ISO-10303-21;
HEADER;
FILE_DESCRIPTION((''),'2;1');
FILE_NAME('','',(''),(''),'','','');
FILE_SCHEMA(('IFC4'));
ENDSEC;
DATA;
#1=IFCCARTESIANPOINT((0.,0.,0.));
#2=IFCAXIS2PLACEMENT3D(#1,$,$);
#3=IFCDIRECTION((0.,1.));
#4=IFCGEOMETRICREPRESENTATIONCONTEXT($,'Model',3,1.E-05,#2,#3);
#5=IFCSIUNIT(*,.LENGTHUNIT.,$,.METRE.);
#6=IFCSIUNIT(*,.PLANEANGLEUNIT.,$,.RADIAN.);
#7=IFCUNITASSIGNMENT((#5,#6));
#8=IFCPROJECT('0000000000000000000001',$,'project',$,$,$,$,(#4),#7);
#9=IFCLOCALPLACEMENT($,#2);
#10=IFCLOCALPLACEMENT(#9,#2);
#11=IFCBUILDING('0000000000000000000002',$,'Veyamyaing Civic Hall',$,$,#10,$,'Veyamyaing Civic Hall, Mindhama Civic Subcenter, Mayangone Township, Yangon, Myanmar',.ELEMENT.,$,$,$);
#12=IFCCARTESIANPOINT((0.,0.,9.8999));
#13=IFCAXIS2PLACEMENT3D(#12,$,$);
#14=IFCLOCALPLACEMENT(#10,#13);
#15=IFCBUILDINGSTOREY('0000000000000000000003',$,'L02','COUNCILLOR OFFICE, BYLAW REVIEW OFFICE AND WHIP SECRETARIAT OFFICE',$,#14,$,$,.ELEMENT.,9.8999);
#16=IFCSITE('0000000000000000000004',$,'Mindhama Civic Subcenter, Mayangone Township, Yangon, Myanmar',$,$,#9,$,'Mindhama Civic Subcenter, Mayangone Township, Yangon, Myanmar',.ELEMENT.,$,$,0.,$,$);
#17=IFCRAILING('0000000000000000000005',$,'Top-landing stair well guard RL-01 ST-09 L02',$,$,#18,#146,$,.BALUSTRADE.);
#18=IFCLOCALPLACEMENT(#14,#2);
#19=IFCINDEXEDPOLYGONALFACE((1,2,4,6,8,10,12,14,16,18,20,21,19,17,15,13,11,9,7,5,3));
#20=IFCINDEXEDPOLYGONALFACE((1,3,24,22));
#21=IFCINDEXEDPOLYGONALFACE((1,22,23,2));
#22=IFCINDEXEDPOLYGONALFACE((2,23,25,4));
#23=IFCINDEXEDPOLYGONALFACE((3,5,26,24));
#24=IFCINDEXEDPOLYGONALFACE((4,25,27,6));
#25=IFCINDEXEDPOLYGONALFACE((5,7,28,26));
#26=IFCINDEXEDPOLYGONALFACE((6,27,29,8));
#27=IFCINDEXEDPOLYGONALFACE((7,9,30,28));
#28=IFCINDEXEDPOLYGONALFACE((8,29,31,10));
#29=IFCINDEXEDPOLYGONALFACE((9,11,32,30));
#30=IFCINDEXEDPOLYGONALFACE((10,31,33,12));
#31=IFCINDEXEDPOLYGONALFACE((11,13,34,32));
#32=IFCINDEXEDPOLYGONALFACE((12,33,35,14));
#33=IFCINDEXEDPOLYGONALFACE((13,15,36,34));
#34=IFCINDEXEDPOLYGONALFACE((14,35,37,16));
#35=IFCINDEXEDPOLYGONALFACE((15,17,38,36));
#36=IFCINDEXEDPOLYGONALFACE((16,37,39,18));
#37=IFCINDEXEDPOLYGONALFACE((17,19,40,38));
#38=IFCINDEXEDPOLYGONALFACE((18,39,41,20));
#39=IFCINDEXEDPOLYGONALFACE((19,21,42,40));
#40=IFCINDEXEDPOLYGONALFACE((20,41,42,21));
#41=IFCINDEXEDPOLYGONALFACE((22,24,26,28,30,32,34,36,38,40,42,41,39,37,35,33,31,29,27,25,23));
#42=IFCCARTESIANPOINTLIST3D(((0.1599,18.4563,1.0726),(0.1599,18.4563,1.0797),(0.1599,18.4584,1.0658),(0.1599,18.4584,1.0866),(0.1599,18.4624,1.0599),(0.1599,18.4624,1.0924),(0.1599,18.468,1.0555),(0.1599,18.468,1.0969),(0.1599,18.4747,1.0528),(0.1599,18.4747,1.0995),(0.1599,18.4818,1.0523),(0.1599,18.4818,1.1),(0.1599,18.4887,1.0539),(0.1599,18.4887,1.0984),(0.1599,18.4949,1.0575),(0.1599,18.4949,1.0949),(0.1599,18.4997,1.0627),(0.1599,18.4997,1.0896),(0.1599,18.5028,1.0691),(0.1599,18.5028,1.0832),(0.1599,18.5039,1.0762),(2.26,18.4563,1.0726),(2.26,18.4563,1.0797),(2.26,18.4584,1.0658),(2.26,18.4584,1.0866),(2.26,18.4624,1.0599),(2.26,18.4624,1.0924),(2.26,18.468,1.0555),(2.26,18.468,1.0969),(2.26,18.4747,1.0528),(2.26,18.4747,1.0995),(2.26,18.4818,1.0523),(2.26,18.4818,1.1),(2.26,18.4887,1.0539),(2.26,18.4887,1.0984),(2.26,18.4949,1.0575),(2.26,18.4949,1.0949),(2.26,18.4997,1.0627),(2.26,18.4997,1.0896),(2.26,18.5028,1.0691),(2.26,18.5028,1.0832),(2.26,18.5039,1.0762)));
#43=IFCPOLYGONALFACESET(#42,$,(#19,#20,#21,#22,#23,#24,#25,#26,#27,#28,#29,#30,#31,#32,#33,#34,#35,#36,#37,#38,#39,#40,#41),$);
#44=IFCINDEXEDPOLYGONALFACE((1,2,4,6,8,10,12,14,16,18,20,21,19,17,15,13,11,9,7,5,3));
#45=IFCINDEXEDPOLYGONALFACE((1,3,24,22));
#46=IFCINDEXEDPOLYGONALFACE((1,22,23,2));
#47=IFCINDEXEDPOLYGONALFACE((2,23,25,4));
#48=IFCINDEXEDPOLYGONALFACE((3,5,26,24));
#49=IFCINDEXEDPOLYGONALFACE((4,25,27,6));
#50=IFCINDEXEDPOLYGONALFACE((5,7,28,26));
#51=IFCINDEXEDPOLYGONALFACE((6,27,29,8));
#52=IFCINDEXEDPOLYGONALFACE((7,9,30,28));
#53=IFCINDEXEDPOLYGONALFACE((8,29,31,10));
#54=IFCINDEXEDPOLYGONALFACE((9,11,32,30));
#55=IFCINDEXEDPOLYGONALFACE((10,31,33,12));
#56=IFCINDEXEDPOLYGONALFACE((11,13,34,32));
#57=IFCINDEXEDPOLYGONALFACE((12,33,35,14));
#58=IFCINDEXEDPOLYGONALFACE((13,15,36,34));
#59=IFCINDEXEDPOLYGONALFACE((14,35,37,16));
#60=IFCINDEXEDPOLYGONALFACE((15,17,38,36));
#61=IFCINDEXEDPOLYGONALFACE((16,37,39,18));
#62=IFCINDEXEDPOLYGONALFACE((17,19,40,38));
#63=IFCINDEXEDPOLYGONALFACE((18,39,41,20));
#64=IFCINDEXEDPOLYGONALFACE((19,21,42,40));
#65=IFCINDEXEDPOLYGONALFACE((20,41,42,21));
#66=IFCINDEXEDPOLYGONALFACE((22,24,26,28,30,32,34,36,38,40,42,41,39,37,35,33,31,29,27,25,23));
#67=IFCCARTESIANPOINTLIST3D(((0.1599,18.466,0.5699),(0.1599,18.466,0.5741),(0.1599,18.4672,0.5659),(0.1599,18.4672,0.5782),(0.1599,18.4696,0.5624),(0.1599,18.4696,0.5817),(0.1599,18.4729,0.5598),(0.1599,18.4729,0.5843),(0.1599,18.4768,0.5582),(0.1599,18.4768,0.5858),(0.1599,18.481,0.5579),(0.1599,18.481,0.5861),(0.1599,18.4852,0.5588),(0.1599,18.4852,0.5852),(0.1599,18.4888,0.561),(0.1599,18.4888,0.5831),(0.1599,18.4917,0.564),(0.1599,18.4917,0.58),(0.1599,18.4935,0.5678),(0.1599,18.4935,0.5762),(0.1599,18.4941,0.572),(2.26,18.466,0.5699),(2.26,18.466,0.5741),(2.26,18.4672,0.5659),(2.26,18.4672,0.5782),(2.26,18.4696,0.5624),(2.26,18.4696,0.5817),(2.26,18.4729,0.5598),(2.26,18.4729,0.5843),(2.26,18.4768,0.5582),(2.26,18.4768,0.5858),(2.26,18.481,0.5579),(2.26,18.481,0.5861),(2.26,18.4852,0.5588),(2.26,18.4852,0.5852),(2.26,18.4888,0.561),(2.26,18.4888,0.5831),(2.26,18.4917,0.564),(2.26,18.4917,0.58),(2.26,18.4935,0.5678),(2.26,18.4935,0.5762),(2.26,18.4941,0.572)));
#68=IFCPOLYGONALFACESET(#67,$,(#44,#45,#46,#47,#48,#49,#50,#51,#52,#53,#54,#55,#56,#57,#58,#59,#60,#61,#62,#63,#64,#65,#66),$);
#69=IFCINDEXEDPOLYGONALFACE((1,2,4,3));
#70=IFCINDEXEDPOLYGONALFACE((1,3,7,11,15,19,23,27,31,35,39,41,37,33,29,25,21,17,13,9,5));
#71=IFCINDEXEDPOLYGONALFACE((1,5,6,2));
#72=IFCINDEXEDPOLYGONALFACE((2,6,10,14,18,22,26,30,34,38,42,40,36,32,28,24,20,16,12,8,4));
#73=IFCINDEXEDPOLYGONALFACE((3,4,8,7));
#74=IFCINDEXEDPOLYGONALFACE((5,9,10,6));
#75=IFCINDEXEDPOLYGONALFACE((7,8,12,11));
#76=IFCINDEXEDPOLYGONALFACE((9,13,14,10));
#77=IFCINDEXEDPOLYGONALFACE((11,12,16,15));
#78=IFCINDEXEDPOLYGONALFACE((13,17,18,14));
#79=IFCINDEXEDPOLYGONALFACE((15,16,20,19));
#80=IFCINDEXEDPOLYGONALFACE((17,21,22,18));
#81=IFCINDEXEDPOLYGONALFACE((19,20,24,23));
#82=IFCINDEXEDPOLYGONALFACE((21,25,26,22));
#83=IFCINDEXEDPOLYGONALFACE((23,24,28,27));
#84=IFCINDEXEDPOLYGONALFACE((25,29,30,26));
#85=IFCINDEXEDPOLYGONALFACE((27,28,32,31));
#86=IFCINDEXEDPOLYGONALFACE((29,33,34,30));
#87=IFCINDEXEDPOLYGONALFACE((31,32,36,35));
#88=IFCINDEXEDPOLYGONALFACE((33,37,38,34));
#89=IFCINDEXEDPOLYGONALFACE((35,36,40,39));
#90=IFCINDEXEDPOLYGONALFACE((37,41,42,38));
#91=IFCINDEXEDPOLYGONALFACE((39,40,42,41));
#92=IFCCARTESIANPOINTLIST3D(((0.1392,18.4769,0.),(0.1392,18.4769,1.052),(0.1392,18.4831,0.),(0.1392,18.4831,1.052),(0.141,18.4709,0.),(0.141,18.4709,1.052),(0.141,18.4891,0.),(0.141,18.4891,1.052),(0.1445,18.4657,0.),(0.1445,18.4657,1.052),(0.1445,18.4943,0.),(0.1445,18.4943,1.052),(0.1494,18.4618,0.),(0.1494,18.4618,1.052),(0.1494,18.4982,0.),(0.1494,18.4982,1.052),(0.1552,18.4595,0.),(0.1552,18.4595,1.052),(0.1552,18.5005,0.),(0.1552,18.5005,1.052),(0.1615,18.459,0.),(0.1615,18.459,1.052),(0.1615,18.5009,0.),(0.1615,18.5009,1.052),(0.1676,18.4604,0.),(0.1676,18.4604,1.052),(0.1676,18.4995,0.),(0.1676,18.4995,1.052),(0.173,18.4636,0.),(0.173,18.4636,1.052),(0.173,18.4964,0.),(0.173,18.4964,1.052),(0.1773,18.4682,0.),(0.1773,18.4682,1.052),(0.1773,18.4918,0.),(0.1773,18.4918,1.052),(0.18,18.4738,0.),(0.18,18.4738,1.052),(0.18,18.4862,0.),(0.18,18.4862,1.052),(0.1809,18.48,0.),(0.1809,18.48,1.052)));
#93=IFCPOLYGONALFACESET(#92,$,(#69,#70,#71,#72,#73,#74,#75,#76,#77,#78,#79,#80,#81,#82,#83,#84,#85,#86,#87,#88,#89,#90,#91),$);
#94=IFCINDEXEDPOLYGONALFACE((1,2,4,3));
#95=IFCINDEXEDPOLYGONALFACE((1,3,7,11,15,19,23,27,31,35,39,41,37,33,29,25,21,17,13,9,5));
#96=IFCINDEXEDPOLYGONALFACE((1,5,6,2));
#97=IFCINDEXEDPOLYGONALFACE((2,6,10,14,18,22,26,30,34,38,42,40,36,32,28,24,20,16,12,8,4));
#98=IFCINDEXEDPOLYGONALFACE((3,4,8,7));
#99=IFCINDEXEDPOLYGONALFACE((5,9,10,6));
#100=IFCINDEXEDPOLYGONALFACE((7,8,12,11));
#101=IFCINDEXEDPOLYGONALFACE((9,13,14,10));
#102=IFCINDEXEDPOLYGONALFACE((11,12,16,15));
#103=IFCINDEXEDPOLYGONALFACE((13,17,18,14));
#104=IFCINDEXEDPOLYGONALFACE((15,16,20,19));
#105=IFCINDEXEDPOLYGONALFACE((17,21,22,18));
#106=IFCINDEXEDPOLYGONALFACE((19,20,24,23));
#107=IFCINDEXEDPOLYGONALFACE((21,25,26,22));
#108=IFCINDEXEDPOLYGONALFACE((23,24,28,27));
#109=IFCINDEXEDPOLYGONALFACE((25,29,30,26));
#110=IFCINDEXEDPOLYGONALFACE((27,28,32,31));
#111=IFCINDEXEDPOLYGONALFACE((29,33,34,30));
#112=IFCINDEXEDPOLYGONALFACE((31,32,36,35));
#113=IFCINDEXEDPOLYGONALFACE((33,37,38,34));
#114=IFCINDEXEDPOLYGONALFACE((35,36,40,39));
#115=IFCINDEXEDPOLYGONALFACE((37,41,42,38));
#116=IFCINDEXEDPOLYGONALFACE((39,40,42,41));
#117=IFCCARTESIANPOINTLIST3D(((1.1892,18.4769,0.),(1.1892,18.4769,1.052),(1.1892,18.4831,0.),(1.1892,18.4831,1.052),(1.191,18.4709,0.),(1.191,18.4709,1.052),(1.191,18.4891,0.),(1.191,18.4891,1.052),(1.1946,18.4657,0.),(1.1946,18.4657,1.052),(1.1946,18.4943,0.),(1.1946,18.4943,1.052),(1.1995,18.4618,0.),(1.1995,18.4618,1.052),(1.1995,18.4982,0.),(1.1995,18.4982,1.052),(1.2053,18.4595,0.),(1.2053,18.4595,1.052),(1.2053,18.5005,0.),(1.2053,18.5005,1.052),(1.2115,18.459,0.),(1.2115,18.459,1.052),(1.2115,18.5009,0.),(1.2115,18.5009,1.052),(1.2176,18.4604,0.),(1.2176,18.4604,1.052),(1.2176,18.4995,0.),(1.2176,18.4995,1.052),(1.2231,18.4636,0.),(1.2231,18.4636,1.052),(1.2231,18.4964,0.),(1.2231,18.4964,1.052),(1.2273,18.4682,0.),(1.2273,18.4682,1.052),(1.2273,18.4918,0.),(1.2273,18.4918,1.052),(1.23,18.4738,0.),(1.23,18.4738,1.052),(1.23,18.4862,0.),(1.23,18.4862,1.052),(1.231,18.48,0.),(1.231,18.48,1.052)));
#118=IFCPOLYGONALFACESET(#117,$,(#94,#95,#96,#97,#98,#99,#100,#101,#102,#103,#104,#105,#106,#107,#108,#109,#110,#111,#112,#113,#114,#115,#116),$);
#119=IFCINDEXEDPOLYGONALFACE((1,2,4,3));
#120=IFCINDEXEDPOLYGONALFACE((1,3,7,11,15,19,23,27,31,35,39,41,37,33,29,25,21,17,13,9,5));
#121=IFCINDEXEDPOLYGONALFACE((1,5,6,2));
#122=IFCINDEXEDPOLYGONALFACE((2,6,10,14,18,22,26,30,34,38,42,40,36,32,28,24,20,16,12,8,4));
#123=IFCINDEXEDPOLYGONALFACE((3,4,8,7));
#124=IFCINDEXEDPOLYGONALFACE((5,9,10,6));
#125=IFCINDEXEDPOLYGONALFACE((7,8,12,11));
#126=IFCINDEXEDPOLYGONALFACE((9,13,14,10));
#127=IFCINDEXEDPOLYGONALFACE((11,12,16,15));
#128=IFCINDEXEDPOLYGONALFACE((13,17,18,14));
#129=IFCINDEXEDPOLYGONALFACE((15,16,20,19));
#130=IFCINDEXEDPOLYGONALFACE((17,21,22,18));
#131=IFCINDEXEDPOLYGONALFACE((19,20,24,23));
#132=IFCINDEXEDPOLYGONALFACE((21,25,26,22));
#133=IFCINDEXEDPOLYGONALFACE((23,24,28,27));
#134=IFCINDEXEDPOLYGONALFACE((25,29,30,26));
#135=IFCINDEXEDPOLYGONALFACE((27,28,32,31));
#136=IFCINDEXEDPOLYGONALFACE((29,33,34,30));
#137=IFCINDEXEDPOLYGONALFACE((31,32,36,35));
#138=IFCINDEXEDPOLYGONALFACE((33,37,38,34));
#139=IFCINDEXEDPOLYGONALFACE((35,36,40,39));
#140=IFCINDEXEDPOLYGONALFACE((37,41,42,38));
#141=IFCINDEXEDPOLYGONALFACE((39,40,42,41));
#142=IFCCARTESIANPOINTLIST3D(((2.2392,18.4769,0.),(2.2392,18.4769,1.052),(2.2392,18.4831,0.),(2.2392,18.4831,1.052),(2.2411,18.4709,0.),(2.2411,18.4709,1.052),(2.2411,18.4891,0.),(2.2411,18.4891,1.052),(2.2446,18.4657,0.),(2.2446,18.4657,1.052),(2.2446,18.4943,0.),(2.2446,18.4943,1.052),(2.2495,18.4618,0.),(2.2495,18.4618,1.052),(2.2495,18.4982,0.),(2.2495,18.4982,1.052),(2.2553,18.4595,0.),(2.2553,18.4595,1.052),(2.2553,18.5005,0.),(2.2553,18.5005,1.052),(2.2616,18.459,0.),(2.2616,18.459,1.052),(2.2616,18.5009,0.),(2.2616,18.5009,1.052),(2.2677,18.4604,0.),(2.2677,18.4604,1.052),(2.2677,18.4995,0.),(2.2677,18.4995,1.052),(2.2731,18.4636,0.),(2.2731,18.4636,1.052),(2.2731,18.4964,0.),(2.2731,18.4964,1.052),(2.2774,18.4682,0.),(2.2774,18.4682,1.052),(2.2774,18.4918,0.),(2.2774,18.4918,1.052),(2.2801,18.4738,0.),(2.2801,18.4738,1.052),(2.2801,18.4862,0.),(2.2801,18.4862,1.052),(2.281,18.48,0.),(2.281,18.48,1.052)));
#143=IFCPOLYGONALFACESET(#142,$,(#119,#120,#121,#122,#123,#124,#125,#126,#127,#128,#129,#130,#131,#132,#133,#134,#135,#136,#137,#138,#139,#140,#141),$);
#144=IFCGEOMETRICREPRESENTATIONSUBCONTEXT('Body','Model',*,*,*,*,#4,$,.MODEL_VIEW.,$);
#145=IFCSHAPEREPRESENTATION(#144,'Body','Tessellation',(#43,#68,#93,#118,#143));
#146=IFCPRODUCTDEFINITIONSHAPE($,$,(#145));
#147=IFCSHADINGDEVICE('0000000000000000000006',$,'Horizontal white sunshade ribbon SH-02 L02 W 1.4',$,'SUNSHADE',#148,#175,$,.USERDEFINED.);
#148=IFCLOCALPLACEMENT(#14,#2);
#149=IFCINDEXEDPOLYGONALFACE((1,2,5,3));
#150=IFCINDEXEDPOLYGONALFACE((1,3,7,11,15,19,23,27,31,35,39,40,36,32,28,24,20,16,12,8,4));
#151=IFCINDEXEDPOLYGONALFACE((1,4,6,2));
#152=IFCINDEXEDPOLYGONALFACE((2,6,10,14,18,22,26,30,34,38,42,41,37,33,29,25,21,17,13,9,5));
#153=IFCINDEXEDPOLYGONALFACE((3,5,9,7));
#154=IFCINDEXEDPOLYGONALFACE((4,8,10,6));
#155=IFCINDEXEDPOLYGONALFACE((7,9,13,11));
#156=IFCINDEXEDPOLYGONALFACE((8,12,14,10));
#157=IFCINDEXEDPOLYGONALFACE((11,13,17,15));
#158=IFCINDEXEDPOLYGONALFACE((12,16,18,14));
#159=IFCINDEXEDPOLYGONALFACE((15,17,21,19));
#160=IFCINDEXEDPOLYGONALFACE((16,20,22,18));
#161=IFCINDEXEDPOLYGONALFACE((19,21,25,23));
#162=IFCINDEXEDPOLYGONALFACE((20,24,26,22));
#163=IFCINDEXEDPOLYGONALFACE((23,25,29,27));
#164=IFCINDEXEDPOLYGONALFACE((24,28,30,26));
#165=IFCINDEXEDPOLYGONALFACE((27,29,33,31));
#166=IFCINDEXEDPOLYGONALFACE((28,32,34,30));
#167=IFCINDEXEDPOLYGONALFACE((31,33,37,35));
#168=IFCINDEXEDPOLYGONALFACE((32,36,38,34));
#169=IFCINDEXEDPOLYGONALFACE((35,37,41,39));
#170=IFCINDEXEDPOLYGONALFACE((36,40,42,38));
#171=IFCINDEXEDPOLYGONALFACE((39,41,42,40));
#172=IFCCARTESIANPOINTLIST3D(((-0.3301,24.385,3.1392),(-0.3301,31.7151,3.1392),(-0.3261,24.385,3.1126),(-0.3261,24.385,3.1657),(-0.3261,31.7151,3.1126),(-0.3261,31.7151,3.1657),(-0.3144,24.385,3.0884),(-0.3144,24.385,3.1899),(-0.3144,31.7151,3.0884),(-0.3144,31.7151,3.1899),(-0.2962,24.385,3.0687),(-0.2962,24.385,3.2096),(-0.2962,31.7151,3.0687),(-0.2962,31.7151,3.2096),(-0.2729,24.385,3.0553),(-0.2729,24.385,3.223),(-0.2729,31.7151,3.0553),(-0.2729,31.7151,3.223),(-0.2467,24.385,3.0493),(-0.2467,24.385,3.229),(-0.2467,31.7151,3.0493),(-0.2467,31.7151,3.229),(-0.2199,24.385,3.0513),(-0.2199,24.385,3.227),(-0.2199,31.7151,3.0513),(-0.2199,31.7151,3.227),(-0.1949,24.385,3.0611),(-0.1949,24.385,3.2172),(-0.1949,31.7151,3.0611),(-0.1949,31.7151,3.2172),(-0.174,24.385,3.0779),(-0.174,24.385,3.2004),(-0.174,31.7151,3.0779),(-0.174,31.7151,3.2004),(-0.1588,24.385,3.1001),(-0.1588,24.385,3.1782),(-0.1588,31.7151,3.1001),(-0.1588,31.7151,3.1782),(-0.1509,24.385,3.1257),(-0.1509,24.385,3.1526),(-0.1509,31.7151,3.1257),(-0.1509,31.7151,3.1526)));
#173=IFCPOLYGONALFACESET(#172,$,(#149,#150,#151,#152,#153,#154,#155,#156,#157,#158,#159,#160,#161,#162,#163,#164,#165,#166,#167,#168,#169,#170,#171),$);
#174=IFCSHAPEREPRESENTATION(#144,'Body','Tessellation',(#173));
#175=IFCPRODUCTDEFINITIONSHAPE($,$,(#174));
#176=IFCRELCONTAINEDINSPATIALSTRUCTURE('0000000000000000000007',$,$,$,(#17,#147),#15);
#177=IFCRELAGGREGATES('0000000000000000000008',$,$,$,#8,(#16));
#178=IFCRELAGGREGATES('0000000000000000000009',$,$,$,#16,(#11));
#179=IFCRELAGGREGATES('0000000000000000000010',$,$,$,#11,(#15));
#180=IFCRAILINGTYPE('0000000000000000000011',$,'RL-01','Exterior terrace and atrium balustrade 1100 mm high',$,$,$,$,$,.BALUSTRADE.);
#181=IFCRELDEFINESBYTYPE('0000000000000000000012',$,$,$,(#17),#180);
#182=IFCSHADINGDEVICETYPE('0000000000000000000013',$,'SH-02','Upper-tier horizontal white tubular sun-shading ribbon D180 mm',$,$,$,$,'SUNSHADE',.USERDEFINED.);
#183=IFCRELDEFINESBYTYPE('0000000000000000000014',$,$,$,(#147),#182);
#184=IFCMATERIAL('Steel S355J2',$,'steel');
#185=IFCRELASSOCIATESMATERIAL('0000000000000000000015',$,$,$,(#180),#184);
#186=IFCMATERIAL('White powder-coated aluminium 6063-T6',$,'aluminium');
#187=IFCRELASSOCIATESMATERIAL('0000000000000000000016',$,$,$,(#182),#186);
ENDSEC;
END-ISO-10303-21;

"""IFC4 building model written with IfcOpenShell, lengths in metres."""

from ifc_helpers import new_model, si_unit, direction, frame, origin, origin_2d, place, context, subcontext, project, spatial, circle, extrude, material, material_profile, profile_set, type_object, element, save


model = new_model("IFC4")

# Units and contexts
model_context = context("Model", 3, precision=1e-05, world=origin(), true_north=direction((0.0, 1.0)))
body_context = subcontext(model_context, "Body", "Model", "MODEL_VIEW")
ifc_project = project(units=[si_unit("LENGTHUNIT", "METRE"), si_unit("PLANEANGLEUNIT", "RADIAN")], contexts=[model_context])

# Site, building, storey
site_placement = place(None, origin())
site = spatial("IfcSite", under=ifc_project, at=site_placement, Name="Mindhama Civic Subcenter, Mayangone Township, Yangon, Myanmar", LongName="Mindhama Civic Subcenter, Mayangone Township, Yangon, Myanmar", CompositionType="ELEMENT", RefElevation=0.0)
building_placement = place(site_placement, origin())
building = spatial("IfcBuilding", under=site, at=building_placement, Name="Veyamyaing Civic Hall", LongName="Veyamyaing Civic Hall, Mindhama Civic Subcenter, Mayangone Township, Yangon, Myanmar", CompositionType="ELEMENT")
storey_placement = place(building_placement, frame((0.0, 0.0, 9.8999)))
storey = spatial("IfcBuildingStorey", under=building, at=storey_placement, Name="L02", Description="COUNCILLOR OFFICE, BYLAW REVIEW OFFICE AND WHIP SECRETARIAT OFFICE", CompositionType="ELEMENT", Elevation=9.8999)

# Shared definitions
ifc_material_1 = material(Name="Steel S355J2", Category="steel")

# Railing
railing_type = type_object("IfcRailingType", Name="RL-01", Description="Exterior terrace and atrium balustrade 1100 mm high", PredefinedType="BALUSTRADE", material=ifc_material_1)
railing_placement = place(storey_placement, frame((0.1599, 18.48, 0.0)))
element("IfcRailing", 1, at=railing_placement, inside=storey, type_object=railing_type, Name="Top-landing stair well guard RL-01 ST-09 L02", PredefinedType="BALUSTRADE", context=body_context, shape_type="SweptSolid", body=[
    extrude(circle(Radius=0.0239, at=origin_2d()), frame((0.0, 0.0, 1.0762), z_axis=(1.0, 0.0, 0.0), x_axis=(0.0, 1.0, 0.0)), (0.0, 0.0, 1.0), 2.1001),
    extrude(circle(Radius=0.0142, at=origin_2d()), frame((0.0, 0.0, 0.572), z_axis=(1.0, 0.0, 0.0), x_axis=(0.0, 1.0, 0.0)), (0.0, 0.0, 1.0), 2.1001),
    extrude(circle(Radius=0.021, at=origin_2d()), origin(), (0.0, 0.0, 1.0), 1.052),
    extrude(circle(Radius=0.021, at=origin_2d()), frame((1.05, 0.0, 0.0)), (0.0, 0.0, 1.0), 1.052),
    extrude(circle(Radius=0.021, at=origin_2d()), frame((2.1001, 0.0, 0.0)), (0.0, 0.0, 1.0), 1.052),
])

# Shading device
ifc_material_2 = material(Name="White powder-coated aluminium 6063-T6", Category="aluminium")
ifc_material_profile_1 = material_profile(ifc_material_2, circle(Radius=0.0901, at=origin_2d()), Name="SHADE-TUBE-180")
ifc_profile_set_1 = profile_set([ifc_material_profile_1], Name="White powder-coated aluminium 6063-T6")
shading_device_type = type_object("IfcShadingDeviceType", Name="SH-02", Description="Upper-tier horizontal white tubular sun-shading ribbon D180 mm", ElementType="SUNSHADE", PredefinedType="USERDEFINED", material=ifc_profile_set_1)
shading_device_placement = place(storey_placement, frame((-0.24, 24.385, 3.1392), z_axis=(0.0, 1.0, 0.0), x_axis=(-1.0, 0.0, 0.0)))
element("IfcShadingDevice", 2, at=shading_device_placement, inside=storey, type_object=shading_device_type, Name="Horizontal white sunshade ribbon SH-02 L02 W 1.4", ObjectType="SUNSHADE", PredefinedType="USERDEFINED", context=body_context, shape_type="SweptSolid", body=[
    extrude(circle(Radius=0.0901, at=origin_2d()), origin(), (0.0, 0.0, 1.0), 7.3301),
])

save(model, "model.ifc")
